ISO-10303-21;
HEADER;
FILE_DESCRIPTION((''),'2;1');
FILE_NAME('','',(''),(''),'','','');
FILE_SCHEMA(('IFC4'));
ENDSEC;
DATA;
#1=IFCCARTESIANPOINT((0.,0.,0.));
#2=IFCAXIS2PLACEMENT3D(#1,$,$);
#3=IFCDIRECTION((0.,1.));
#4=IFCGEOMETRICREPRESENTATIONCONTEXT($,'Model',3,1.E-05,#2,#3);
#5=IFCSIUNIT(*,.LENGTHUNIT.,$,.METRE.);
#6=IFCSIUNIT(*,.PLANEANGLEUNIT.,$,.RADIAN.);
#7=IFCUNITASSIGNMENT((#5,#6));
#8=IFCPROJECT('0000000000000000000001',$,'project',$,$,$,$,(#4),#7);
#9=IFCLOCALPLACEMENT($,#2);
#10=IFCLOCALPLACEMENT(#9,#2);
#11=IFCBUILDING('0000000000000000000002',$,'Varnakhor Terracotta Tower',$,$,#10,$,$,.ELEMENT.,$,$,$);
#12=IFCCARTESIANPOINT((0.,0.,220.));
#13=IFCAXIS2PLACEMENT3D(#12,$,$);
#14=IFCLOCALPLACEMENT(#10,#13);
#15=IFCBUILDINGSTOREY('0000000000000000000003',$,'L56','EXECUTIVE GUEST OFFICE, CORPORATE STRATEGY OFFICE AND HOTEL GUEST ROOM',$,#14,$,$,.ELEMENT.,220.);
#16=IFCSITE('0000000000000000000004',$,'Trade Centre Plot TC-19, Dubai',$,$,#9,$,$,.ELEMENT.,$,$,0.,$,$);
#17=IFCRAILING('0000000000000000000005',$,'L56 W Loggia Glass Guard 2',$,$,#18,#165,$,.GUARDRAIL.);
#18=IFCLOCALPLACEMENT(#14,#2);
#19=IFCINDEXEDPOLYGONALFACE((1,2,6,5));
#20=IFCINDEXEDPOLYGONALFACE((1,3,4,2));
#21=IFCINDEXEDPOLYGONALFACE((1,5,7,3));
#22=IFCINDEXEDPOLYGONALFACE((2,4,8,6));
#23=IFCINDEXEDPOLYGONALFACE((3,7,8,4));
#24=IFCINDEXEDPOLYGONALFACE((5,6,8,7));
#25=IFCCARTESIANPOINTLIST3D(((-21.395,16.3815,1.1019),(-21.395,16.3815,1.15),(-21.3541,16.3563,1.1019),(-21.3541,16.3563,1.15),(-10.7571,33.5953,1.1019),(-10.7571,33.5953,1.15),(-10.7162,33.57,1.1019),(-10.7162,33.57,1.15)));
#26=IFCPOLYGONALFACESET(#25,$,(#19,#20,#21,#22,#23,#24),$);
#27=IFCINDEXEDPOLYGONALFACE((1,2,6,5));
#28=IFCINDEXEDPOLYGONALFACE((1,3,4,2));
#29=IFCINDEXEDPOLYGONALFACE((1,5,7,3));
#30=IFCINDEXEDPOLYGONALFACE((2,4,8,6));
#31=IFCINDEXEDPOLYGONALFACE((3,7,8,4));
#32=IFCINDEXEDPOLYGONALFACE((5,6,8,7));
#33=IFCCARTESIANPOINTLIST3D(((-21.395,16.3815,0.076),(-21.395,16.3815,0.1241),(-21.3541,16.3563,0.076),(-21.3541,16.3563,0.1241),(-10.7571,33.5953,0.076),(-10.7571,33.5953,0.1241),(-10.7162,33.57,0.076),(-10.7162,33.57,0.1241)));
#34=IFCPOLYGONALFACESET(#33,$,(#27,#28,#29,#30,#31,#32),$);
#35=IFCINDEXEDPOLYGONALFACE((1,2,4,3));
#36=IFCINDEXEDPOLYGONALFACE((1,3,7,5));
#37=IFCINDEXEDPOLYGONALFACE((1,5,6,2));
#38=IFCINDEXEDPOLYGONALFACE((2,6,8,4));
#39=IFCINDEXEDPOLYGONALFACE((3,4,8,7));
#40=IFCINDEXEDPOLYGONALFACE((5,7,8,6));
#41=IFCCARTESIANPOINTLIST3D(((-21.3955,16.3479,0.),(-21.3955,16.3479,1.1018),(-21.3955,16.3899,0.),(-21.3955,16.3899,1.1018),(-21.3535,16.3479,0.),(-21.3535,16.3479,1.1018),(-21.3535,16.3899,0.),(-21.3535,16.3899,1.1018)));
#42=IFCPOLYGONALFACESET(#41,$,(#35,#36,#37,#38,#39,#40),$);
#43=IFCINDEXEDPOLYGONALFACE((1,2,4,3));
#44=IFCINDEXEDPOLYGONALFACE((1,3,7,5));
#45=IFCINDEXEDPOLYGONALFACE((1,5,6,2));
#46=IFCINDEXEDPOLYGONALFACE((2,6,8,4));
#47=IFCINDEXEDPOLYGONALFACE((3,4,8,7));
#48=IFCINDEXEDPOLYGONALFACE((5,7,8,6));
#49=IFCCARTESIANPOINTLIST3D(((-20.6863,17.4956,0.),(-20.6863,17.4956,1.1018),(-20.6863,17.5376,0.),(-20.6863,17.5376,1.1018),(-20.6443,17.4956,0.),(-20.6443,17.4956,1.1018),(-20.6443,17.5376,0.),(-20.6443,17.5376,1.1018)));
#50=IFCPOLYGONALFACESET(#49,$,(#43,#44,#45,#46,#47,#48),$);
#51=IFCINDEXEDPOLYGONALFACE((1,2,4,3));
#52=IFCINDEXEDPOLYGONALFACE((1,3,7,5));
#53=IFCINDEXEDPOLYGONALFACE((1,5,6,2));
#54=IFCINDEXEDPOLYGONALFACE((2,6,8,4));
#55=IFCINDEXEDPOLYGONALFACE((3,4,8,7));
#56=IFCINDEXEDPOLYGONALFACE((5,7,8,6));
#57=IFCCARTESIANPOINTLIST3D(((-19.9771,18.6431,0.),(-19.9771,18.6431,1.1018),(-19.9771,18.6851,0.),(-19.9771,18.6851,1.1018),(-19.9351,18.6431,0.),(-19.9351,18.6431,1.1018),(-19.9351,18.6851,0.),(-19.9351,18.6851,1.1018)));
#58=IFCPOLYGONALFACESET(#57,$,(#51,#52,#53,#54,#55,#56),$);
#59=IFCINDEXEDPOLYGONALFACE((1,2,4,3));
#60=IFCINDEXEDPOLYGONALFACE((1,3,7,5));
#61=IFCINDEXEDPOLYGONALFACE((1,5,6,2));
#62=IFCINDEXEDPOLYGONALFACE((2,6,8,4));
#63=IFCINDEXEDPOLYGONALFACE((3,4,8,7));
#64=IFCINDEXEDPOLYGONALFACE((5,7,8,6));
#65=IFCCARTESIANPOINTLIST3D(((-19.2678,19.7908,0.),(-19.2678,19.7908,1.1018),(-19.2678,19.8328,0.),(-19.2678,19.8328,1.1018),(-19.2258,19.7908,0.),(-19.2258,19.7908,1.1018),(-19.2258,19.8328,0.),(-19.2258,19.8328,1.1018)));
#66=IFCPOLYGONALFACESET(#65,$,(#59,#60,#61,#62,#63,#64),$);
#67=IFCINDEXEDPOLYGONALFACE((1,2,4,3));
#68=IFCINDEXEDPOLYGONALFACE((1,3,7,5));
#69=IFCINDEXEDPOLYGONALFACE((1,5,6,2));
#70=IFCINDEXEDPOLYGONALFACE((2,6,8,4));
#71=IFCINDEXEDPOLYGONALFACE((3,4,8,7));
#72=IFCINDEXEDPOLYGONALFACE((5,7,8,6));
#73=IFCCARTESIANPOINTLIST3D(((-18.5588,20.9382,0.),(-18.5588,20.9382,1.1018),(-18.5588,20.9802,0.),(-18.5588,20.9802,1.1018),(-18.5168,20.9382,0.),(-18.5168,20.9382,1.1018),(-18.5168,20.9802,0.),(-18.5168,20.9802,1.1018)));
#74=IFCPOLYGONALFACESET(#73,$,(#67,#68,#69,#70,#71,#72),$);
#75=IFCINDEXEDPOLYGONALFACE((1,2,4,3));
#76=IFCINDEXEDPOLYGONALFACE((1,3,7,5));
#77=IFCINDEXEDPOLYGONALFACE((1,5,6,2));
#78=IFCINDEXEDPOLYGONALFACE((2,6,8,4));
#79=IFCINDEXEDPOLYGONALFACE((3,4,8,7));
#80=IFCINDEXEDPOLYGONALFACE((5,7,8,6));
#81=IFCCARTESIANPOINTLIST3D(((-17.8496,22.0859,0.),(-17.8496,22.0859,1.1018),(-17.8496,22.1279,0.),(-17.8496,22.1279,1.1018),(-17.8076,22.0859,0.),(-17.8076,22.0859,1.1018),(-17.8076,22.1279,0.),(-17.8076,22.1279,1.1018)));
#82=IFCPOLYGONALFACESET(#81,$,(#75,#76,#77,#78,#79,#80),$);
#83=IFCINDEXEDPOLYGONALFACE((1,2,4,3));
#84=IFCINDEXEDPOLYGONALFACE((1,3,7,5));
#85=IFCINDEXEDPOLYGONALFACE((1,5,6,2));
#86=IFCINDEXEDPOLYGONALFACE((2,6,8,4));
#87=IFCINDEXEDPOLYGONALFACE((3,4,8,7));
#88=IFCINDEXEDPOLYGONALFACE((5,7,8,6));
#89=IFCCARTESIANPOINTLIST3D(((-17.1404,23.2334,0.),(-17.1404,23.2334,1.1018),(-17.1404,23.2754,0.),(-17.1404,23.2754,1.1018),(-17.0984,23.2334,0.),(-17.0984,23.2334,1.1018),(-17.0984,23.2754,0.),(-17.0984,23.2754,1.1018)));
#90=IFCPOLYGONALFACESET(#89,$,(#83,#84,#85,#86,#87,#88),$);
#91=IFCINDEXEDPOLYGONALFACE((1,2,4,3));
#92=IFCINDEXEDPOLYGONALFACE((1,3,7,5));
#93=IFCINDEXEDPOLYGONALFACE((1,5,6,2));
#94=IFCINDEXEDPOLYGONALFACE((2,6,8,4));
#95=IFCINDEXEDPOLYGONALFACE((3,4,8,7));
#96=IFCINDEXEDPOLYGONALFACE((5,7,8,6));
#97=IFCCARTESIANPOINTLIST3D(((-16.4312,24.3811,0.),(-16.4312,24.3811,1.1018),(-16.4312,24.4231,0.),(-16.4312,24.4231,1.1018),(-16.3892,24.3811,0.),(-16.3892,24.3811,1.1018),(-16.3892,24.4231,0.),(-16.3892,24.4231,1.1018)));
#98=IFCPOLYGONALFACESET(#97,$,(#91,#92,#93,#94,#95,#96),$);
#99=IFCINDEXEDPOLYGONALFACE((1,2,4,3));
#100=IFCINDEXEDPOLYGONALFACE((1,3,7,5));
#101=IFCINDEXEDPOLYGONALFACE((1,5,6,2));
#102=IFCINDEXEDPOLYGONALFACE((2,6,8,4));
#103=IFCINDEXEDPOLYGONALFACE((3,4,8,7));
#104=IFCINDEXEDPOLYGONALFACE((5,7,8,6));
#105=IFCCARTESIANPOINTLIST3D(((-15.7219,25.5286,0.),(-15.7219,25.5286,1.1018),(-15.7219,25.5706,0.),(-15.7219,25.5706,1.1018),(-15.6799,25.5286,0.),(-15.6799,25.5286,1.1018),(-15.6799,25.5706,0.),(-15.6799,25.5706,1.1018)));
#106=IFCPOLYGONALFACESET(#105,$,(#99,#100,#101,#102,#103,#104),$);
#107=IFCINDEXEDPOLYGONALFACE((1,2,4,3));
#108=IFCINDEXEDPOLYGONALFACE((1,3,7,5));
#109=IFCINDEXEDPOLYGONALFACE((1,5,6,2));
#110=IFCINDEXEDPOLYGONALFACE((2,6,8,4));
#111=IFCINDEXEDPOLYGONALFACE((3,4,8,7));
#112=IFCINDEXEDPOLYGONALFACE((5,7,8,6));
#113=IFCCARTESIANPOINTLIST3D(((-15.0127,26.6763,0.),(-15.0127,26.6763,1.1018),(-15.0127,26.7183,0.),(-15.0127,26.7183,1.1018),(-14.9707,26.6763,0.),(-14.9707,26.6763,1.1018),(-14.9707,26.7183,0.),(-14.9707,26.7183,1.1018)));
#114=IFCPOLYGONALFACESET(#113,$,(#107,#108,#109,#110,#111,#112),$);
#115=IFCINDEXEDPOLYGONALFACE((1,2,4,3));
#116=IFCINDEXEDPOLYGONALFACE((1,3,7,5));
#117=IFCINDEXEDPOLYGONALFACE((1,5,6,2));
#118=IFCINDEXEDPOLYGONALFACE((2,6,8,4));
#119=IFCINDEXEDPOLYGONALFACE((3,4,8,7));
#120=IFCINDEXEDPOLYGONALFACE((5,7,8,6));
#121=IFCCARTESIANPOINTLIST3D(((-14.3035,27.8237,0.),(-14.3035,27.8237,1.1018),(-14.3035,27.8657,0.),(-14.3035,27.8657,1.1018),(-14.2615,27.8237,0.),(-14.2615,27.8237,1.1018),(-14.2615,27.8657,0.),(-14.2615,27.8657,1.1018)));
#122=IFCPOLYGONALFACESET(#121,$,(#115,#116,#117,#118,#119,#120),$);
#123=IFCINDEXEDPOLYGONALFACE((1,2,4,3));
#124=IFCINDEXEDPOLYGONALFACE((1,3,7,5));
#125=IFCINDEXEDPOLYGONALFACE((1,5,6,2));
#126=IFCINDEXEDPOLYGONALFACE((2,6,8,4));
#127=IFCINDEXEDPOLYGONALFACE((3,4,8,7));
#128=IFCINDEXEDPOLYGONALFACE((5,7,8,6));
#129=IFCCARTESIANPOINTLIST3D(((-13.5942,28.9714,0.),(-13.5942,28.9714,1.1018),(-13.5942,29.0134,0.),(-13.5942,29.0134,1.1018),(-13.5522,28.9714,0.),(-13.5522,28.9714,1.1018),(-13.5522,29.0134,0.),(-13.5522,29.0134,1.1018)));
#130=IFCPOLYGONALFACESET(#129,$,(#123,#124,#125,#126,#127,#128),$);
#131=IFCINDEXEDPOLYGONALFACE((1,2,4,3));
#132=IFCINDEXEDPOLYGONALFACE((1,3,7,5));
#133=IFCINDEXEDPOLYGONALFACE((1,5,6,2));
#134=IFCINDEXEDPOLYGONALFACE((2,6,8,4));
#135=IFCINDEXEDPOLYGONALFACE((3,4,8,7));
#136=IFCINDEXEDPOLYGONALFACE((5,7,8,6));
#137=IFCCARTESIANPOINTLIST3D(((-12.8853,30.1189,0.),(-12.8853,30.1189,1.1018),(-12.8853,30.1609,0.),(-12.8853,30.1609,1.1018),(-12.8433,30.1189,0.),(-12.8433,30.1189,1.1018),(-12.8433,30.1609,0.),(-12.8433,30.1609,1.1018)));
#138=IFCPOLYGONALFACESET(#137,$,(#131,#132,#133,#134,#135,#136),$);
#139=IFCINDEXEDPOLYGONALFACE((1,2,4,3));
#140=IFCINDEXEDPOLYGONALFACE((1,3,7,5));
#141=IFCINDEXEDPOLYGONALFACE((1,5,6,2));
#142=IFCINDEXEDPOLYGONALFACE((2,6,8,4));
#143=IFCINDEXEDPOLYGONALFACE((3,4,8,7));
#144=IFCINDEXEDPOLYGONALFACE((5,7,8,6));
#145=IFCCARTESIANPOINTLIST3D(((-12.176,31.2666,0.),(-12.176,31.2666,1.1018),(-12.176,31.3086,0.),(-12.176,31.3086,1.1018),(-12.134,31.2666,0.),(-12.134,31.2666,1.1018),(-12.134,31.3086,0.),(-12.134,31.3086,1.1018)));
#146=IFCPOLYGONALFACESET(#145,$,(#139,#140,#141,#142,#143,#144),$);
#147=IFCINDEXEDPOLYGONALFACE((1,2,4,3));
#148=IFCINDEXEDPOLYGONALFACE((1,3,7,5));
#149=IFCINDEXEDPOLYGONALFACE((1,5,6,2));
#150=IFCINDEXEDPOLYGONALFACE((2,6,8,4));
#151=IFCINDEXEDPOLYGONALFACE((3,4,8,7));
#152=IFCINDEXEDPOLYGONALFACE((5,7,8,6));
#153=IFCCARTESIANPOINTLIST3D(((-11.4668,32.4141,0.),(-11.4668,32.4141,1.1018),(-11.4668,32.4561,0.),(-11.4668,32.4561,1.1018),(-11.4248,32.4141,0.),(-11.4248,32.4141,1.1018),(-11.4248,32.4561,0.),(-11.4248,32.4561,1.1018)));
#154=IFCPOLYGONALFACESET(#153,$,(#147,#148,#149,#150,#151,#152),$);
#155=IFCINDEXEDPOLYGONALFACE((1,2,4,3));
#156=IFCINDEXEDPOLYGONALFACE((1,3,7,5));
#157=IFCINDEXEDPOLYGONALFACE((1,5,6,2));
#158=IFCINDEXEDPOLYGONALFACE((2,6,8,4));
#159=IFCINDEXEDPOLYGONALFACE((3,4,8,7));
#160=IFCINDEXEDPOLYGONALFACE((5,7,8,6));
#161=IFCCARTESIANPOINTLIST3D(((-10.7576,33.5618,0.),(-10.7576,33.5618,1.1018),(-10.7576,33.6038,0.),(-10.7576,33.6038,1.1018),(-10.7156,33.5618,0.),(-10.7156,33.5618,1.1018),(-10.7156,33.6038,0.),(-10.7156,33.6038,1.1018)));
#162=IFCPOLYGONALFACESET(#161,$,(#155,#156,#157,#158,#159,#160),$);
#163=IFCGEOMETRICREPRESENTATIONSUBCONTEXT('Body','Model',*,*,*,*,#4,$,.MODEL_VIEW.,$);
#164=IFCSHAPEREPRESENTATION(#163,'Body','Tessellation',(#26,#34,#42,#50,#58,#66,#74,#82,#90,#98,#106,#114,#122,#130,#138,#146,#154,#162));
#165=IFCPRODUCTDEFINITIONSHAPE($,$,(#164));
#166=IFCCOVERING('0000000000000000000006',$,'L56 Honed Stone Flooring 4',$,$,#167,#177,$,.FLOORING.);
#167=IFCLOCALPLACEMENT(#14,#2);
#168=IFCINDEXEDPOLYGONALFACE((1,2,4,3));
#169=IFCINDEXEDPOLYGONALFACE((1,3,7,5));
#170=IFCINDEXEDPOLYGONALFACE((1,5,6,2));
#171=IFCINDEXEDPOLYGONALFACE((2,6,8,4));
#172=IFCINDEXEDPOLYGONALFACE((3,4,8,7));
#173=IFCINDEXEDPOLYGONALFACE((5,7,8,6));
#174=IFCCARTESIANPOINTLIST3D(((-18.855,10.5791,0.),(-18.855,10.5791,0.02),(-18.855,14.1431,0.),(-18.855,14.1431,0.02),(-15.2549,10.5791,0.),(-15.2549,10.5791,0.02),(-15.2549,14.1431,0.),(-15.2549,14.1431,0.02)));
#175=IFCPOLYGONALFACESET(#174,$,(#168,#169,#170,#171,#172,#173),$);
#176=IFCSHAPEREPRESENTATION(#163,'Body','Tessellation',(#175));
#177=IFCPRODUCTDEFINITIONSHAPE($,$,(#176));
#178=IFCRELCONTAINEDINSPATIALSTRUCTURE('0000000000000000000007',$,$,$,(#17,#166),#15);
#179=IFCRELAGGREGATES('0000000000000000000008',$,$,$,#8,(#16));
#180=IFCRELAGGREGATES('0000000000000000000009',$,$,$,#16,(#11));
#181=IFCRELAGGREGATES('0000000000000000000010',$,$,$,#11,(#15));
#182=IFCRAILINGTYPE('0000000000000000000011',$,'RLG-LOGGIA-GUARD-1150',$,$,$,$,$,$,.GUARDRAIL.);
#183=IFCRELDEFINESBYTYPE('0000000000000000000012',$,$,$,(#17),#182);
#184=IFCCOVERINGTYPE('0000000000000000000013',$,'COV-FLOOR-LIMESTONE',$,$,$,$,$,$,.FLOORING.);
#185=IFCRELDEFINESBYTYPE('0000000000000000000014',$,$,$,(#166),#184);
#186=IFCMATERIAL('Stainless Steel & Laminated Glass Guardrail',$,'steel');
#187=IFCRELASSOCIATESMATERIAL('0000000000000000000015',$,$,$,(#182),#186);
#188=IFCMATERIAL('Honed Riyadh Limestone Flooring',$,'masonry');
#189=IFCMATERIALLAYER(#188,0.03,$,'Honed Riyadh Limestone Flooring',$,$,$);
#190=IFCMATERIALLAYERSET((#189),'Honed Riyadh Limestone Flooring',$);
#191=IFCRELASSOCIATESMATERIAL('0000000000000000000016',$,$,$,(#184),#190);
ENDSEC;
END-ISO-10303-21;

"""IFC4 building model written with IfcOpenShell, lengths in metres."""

from ifc_helpers import new_model, si_unit, direction, frame, origin, origin_2d, place, context, subcontext, project, spatial, rectangle, extrude, source, transform, mapped, material, layer, layer_set, type_object, element, save


model = new_model("IFC4")

# Units and contexts
model_context = context("Model", 3, precision=1e-05, world=origin(), true_north=direction((0.0, 1.0)))
body_context = subcontext(model_context, "Body", "Model", "MODEL_VIEW")
ifc_project = project(units=[si_unit("LENGTHUNIT", "METRE"), si_unit("PLANEANGLEUNIT", "RADIAN")], contexts=[model_context])

# Site, building, storey
site_placement = place(None, origin())
site = spatial("IfcSite", under=ifc_project, at=site_placement, Name="Trade Centre Plot TC-19, Dubai", CompositionType="ELEMENT", RefElevation=0.0)
building_placement = place(site_placement, origin())
building = spatial("IfcBuilding", under=site, at=building_placement, Name="Varnakhor Terracotta Tower", CompositionType="ELEMENT")
storey_placement = place(building_placement, frame((0.0, 0.0, 220.0)))
storey = spatial("IfcBuildingStorey", under=building, at=storey_placement, Name="L56", Description="EXECUTIVE GUEST OFFICE, CORPORATE STRATEGY OFFICE AND HOTEL GUEST ROOM", CompositionType="ELEMENT", Elevation=220.0)

# Railing
ifc_material_1 = material(Name="Stainless Steel & Laminated Glass Guardrail", Category="steel")
railing_type = type_object("IfcRailingType", Name="RLG-LOGGIA-GUARD-1150", PredefinedType="GUARDRAIL", material=ifc_material_1)
railing_1_placement = place(storey_placement, frame((-21.3745, 16.3689, 0.0)))
element("IfcRailing", 1, at=railing_1_placement, inside=storey, type_object=railing_type, Name="L56 W Loggia Glass Guard 2", PredefinedType="GUARDRAIL", context=body_context, shape_type="SweptSolid", body=[
    extrude(rectangle(XDim=0.0481, YDim=0.0481, at=origin_2d()), frame((0.0, 0.0, 1.126), z_axis=(0.525702, 0.850669, 0.0), x_axis=(-0.850669, 0.525702, 0.0)), (0.0, 0.0, 1.0), 20.2356),
    extrude(rectangle(XDim=0.0481, YDim=0.0481, at=origin_2d()), frame((0.0, 0.0, 0.1001), z_axis=(0.525702, 0.850669, 0.0), x_axis=(-0.850669, 0.525702, 0.0)), (0.0, 0.0, 1.0), 20.2356),
    extrude(rectangle(XDim=0.042, YDim=0.042, at=origin_2d()), origin(), (0.0, 0.0, 1.0), 1.1018),
    extrude(rectangle(XDim=0.042, YDim=0.042, at=origin_2d()), frame((0.7092, 1.1477, 0.0)), (0.0, 0.0, 1.0), 1.1018),
    extrude(rectangle(XDim=0.042, YDim=0.042, at=origin_2d()), frame((1.4185, 2.2952, 0.0)), (0.0, 0.0, 1.0), 1.1018),
    extrude(rectangle(XDim=0.042, YDim=0.042, at=origin_2d()), frame((2.1277, 3.4429, 0.0)), (0.0, 0.0, 1.0), 1.1018),
    extrude(rectangle(XDim=0.042, YDim=0.042, at=origin_2d()), frame((2.8367, 4.5903, 0.0)), (0.0, 0.0, 1.0), 1.1018),
    extrude(rectangle(XDim=0.042, YDim=0.042, at=origin_2d()), frame((3.5459, 5.738, 0.0)), (0.0, 0.0, 1.0), 1.1018),
    extrude(rectangle(XDim=0.042, YDim=0.042, at=origin_2d()), frame((4.2551, 6.8855, 0.0)), (0.0, 0.0, 1.0), 1.1018),
    extrude(rectangle(XDim=0.042, YDim=0.042, at=origin_2d()), frame((4.9644, 8.0332, 0.0)), (0.0, 0.0, 1.0), 1.1018),
    extrude(rectangle(XDim=0.042, YDim=0.042, at=origin_2d()), frame((5.6736, 9.1807, 0.0)), (0.0, 0.0, 1.0), 1.1018),
    extrude(rectangle(XDim=0.042, YDim=0.042, at=origin_2d()), frame((6.3828, 10.3284, 0.0)), (0.0, 0.0, 1.0), 1.1018),
    extrude(rectangle(XDim=0.042, YDim=0.042, at=origin_2d()), frame((7.092, 11.4758, 0.0)), (0.0, 0.0, 1.0), 1.1018),
    extrude(rectangle(XDim=0.042, YDim=0.042, at=origin_2d()), frame((7.8013, 12.6235, 0.0)), (0.0, 0.0, 1.0), 1.1018),
    extrude(rectangle(XDim=0.042, YDim=0.042, at=origin_2d()), frame((8.5103, 13.771, 0.0)), (0.0, 0.0, 1.0), 1.1018),
    extrude(rectangle(XDim=0.042, YDim=0.042, at=origin_2d()), frame((9.2195, 14.9187, 0.0)), (0.0, 0.0, 1.0), 1.1018),
    extrude(rectangle(XDim=0.042, YDim=0.042, at=origin_2d()), frame((9.9287, 16.0662, 0.0)), (0.0, 0.0, 1.0), 1.1018),
    extrude(rectangle(XDim=0.042, YDim=0.042, at=origin_2d()), frame((10.6379, 17.2139, 0.0)), (0.0, 0.0, 1.0), 1.1018),
])

# Covering
ifc_material_2 = material(Name="Honed Riyadh Limestone Flooring", Category="masonry")
ifc_layer_1 = layer(ifc_material_2, 0.03, Name="Honed Riyadh Limestone Flooring")
ifc_layer_set_1 = layer_set([ifc_layer_1], Name="Honed Riyadh Limestone Flooring")
covering_type = type_object("IfcCoveringType", Name="COV-FLOOR-LIMESTONE", PredefinedType="FLOORING", material=ifc_layer_set_1)
shared_shape_1 = source(origin(), body_context, "Body", "SweptSolid", [
    extrude(rectangle(XDim=3.6001, YDim=3.564, at=origin_2d()), origin(), (0.0, 0.0, 1.0), 0.02),
])
covering_placement = place(storey_placement, frame((-17.0549, 12.3611, 0.0), z_axis=(0.0, 0.0, 1.0), x_axis=(1.0, 0.0, 0.0)))
element("IfcCovering", 2, at=covering_placement, inside=storey, type_object=covering_type, Name="L56 Honed Stone Flooring 4", PredefinedType="FLOORING", context=body_context, shape_type="MappedRepresentation", body=[
    mapped(shared_shape_1, transform((0.0, 0.0, 0.0), scale=1.0)),
])

save(model, "model.ifc")
